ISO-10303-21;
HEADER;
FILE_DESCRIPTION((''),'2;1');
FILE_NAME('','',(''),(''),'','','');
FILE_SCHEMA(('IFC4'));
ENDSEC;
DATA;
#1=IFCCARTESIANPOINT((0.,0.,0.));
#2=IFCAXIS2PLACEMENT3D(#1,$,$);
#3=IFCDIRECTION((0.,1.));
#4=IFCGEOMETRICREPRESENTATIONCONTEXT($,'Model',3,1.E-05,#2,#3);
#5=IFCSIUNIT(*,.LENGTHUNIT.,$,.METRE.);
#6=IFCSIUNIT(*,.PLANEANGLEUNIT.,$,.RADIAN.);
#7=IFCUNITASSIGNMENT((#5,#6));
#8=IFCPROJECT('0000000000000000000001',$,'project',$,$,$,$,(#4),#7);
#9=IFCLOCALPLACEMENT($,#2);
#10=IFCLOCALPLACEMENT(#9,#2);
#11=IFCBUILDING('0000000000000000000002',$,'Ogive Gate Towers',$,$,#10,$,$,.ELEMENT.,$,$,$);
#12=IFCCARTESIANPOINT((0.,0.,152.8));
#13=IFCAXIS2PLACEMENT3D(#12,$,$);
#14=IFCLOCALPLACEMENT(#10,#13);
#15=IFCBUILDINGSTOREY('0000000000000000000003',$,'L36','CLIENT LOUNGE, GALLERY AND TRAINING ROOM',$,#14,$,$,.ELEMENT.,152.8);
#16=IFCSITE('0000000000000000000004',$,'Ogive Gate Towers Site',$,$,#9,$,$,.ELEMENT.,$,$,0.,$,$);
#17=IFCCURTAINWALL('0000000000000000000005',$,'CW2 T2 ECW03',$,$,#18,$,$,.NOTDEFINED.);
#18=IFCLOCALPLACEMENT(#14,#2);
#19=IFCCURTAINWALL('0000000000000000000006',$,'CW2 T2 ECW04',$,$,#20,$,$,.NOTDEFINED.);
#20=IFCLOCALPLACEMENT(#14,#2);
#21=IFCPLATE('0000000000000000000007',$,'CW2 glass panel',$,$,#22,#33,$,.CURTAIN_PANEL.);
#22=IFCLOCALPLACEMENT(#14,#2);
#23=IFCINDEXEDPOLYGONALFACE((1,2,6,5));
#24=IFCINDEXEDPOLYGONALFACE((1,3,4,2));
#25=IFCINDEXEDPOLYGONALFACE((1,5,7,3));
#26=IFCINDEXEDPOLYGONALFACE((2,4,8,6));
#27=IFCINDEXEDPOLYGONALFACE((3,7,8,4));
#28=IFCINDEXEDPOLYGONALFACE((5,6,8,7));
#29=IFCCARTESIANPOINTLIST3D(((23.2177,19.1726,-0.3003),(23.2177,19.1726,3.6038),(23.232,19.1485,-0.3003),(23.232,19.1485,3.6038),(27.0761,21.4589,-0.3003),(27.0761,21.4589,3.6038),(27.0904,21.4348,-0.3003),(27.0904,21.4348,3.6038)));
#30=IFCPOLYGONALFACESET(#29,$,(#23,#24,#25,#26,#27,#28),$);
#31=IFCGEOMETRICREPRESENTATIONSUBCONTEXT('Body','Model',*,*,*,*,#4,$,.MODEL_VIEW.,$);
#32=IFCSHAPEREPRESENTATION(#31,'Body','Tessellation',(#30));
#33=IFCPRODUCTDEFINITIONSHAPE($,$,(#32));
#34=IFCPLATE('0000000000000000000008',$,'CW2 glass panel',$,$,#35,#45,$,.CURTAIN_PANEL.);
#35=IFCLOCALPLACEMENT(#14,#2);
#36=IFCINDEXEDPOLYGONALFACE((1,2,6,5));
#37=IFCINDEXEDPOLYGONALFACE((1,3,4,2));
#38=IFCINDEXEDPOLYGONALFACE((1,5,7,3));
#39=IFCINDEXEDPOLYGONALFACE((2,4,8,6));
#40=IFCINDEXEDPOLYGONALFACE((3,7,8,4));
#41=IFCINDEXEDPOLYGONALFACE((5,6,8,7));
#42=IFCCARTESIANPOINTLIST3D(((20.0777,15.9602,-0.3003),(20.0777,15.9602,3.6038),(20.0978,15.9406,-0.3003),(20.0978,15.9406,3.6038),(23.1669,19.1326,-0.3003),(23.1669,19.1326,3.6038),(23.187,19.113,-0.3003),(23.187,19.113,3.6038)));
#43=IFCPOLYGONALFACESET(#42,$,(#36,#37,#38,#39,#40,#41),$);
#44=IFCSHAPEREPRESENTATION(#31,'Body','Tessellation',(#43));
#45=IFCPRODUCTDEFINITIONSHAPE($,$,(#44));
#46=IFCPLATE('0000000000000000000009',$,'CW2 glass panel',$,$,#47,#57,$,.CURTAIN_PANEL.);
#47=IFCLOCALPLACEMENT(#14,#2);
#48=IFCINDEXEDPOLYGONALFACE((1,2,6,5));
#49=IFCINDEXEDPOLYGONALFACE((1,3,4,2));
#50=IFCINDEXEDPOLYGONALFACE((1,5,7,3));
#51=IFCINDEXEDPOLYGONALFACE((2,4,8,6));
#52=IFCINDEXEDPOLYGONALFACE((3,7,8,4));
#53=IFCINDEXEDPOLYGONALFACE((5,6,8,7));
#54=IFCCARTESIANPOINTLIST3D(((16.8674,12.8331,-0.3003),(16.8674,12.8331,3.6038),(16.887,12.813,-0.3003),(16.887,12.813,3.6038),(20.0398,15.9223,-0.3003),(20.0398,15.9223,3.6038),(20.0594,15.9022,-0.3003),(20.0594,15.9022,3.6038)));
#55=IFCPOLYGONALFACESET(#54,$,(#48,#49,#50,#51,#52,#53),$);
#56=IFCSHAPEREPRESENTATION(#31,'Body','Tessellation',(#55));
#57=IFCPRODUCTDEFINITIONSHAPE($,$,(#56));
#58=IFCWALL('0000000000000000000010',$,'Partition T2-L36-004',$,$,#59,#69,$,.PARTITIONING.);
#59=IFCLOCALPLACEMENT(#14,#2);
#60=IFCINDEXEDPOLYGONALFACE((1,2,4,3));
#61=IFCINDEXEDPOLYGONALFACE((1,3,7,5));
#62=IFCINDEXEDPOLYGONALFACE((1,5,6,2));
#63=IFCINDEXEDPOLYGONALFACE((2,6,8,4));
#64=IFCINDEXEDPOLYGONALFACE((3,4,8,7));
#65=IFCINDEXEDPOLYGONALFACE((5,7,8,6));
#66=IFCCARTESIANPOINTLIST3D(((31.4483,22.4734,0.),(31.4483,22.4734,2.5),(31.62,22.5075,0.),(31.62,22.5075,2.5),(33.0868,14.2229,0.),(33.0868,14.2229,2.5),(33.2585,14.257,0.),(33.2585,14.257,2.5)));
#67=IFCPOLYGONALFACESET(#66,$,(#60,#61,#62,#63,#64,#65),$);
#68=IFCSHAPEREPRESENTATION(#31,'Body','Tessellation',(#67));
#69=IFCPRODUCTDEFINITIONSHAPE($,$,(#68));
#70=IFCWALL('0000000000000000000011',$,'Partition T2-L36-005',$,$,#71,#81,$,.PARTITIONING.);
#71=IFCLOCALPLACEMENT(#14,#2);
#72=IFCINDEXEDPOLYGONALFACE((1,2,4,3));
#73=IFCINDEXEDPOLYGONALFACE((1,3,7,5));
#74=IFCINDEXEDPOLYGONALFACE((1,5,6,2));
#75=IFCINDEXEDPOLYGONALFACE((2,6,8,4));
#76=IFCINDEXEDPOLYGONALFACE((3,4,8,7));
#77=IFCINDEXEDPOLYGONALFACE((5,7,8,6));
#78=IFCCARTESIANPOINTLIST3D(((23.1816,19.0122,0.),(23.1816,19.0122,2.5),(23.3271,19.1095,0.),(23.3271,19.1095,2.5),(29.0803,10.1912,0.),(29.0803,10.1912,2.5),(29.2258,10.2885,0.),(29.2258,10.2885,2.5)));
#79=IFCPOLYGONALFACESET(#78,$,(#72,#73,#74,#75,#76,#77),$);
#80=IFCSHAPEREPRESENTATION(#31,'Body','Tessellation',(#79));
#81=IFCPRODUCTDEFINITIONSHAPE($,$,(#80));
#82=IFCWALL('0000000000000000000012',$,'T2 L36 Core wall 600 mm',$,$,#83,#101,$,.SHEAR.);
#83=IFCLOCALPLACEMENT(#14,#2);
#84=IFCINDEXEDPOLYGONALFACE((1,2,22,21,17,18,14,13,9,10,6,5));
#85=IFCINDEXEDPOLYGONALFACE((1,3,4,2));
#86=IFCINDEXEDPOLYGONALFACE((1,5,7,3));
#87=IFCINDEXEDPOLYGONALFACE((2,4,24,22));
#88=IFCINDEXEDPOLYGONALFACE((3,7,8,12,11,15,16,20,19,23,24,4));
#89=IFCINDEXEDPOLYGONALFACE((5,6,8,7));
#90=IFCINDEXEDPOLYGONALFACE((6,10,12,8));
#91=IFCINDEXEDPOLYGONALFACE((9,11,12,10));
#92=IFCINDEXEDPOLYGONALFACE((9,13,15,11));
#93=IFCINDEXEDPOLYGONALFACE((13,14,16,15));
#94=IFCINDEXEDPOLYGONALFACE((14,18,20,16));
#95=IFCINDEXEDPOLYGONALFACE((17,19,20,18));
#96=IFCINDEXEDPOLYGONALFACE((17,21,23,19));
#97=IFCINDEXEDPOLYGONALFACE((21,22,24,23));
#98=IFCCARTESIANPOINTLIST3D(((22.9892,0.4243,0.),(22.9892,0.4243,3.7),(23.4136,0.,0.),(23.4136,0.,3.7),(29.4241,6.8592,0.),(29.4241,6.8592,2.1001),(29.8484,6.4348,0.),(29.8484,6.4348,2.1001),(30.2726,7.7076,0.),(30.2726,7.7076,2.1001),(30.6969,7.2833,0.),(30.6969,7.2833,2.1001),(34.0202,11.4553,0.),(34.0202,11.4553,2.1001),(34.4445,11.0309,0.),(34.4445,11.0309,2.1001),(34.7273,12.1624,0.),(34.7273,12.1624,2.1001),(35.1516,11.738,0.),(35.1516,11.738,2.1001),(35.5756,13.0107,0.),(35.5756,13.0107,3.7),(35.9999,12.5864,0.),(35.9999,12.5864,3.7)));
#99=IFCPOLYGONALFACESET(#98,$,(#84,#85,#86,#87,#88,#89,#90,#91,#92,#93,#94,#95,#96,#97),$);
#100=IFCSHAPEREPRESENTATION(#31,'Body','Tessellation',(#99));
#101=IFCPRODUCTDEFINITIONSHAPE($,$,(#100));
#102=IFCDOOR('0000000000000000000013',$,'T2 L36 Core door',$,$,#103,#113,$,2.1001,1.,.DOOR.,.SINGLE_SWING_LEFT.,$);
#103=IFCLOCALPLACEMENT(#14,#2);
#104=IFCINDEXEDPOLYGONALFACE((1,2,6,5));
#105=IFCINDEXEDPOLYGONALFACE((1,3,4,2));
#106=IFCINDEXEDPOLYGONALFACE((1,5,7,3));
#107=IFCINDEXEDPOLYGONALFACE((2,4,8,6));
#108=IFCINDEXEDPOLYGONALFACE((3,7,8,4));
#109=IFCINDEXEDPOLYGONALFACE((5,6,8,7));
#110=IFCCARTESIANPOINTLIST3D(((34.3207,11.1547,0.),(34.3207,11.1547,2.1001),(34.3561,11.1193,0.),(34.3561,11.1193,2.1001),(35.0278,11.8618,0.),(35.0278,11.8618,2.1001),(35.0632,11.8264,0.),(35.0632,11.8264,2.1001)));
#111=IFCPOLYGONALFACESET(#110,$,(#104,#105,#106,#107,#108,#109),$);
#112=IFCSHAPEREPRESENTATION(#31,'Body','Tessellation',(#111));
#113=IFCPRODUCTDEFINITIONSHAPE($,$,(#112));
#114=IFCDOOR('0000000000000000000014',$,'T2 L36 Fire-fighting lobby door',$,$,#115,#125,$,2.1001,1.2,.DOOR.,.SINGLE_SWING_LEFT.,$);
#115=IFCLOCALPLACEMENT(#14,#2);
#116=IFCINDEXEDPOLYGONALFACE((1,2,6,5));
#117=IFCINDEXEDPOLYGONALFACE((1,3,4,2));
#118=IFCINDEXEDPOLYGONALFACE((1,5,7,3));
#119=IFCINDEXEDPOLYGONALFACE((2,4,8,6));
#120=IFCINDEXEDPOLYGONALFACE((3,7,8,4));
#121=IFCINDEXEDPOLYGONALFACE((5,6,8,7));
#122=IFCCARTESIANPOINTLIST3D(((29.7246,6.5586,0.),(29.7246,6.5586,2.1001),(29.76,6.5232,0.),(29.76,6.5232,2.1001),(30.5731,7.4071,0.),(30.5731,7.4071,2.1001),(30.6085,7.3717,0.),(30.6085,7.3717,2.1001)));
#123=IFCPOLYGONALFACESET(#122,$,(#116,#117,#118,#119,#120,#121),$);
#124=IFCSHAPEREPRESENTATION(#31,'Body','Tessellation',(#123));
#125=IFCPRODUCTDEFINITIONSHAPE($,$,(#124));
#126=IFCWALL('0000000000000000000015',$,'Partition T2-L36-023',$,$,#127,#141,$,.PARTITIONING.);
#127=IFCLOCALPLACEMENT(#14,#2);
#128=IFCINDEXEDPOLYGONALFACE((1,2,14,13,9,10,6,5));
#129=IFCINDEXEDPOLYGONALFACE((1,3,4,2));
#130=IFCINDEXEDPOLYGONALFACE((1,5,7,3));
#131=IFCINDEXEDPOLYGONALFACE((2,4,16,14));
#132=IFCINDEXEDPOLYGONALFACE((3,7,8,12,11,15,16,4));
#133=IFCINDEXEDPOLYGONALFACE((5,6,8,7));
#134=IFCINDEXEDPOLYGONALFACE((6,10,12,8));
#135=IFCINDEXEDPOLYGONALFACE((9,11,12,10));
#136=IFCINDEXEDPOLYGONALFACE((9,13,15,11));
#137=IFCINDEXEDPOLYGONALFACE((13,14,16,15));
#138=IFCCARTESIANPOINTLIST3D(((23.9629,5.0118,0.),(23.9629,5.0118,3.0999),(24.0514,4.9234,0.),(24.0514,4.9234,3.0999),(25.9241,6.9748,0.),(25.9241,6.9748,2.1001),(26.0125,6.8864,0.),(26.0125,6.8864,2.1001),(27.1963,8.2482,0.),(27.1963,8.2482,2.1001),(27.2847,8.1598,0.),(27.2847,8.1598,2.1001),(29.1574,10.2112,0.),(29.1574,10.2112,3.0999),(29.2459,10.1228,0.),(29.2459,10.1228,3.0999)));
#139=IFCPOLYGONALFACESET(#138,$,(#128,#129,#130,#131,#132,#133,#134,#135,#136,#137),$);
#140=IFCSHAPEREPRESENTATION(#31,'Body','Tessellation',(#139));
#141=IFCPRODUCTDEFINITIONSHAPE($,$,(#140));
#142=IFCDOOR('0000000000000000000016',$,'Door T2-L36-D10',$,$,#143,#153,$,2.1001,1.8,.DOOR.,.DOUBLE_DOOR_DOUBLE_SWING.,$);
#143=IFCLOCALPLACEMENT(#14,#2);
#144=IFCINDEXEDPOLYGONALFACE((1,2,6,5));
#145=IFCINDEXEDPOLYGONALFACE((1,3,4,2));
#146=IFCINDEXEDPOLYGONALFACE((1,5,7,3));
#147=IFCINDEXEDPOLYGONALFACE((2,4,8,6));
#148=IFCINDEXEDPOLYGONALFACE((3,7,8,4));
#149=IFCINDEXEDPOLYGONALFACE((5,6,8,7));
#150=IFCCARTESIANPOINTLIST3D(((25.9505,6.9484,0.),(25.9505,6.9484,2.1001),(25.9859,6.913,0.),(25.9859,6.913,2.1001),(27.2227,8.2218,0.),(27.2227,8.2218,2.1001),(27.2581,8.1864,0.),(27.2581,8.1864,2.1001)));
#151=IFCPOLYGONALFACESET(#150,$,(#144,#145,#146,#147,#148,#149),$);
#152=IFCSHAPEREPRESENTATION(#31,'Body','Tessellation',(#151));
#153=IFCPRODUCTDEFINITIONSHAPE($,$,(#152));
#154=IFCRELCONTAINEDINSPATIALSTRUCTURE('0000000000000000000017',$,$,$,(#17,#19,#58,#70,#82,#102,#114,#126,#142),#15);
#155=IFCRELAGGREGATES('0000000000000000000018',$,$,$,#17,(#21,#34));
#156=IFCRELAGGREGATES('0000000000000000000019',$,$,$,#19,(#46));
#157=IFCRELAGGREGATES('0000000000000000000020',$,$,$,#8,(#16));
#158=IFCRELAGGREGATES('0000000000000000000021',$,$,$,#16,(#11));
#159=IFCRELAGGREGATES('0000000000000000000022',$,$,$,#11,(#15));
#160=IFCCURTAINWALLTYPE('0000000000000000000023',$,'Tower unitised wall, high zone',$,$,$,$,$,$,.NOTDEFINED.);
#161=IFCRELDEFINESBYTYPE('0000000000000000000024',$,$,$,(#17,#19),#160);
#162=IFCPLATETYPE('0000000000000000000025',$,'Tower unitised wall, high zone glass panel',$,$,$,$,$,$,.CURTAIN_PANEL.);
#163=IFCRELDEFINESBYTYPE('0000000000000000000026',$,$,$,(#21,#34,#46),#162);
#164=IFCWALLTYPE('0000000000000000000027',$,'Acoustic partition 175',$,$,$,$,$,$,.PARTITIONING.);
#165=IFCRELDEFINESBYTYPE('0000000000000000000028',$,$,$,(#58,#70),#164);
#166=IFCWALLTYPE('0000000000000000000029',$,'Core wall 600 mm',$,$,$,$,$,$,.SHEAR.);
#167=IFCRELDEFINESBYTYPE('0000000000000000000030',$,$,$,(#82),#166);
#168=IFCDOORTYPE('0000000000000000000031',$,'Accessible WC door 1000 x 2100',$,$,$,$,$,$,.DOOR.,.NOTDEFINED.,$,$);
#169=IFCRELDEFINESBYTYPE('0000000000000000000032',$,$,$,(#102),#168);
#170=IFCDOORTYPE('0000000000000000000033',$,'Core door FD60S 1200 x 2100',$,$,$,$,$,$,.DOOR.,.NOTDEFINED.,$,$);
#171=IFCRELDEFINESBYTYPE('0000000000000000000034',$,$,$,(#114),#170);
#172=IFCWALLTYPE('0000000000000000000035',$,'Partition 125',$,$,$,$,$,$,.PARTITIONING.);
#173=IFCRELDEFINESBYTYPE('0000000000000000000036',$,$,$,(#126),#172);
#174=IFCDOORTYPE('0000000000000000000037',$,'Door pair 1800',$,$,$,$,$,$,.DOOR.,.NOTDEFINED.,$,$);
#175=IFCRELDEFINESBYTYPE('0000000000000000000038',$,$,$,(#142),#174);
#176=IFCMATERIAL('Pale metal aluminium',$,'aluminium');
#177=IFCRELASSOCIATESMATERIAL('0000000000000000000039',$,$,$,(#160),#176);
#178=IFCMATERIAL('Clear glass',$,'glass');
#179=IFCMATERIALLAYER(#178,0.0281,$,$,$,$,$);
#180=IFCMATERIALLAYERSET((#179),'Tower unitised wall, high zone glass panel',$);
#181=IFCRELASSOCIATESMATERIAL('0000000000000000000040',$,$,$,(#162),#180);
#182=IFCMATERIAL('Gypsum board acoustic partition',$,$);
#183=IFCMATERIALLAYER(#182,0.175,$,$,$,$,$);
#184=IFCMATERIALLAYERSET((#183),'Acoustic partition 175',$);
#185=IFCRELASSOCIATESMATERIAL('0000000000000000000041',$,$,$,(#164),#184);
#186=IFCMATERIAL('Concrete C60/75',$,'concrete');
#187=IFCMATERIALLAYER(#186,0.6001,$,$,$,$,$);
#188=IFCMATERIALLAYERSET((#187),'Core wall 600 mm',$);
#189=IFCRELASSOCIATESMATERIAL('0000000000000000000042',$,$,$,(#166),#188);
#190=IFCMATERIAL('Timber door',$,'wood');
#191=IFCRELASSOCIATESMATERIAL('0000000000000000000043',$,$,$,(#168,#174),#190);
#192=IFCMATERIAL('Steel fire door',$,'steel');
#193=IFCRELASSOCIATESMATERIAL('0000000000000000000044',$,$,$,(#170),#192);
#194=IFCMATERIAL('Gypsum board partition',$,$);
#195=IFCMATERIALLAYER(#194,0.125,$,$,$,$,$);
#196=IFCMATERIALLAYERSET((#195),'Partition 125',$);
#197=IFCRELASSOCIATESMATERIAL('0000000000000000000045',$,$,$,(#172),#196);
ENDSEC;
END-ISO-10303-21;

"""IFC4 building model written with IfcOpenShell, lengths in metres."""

from ifc_helpers import new_model, si_unit, direction, frame, frame_2d, origin, origin_2d, place, context, subcontext, project, spatial, rectangle, extrude, material, layer, layer_set, type_object, element, fill, aggregate, save


model = new_model("IFC4")

# Units and contexts
model_context = context("Model", 3, precision=1e-05, world=origin(), true_north=direction((0.0, 1.0)))
body_context = subcontext(model_context, "Body", "Model", "MODEL_VIEW")
ifc_project = project(units=[si_unit("LENGTHUNIT", "METRE"), si_unit("PLANEANGLEUNIT", "RADIAN")], contexts=[model_context])

# Site, building, storey
site_placement = place(None, origin())
site = spatial("IfcSite", under=ifc_project, at=site_placement, Name="Ogive Gate Towers Site", CompositionType="ELEMENT", RefElevation=0.0)
building_placement = place(site_placement, origin())
building = spatial("IfcBuilding", under=site, at=building_placement, Name="Ogive Gate Towers", CompositionType="ELEMENT")
storey_placement = place(building_placement, frame((0.0, 0.0, 152.8)))
storey = spatial("IfcBuildingStorey", under=building, at=storey_placement, Name="L36", Description="CLIENT LOUNGE, GALLERY AND TRAINING ROOM", CompositionType="ELEMENT", Elevation=152.8)

# Curtain wall
ifc_material_1 = material(Name="Pale metal aluminium", Category="aluminium")
curtain_wall_type = type_object("IfcCurtainWallType", Name="Tower unitised wall, high zone", PredefinedType="NOTDEFINED", material=ifc_material_1)
curtain_wall_1_placement = place(storey_placement, origin())
curtain_wall_1 = element("IfcCurtainWall", 1, at=curtain_wall_1_placement, inside=storey, type_object=curtain_wall_type, Name="CW2 T2 ECW03", PredefinedType="NOTDEFINED")

# Curtain wall
curtain_wall_2_placement = place(storey_placement, origin())
curtain_wall_2 = element("IfcCurtainWall", 2, at=curtain_wall_2_placement, inside=storey, type_object=curtain_wall_type, Name="CW2 T2 ECW04", PredefinedType="NOTDEFINED")

# Plates
ifc_material_2 = material(Name="Clear glass", Category="glass")
ifc_layer_1 = layer(ifc_material_2, 0.0281)
ifc_layer_set_1 = layer_set([ifc_layer_1], Name="Tower unitised wall, high zone glass panel")
plate_type = type_object("IfcPlateType", Name="Tower unitised wall, high zone glass panel", PredefinedType="CURTAIN_PANEL", material=ifc_layer_set_1)
plate_1_placement = place(storey_placement, frame((25.1541, 20.3037, -0.3003), z_axis=(0.0, 0.0, 1.0), x_axis=(-0.860306, -0.509777, 0.0)))
plate_1 = element("IfcPlate", 3, at=plate_1_placement, type_object=plate_type, Name="CW2 glass panel", PredefinedType="CURTAIN_PANEL", context=body_context, shape_type="SweptSolid", body=[
    extrude(rectangle(XDim=4.4849, YDim=0.0281, at=origin_2d()), origin(), (0.0, 0.0, 1.0), 3.9041),
])
plate_2_placement = place(storey_placement, frame((21.6323, 17.5366, -0.3003), z_axis=(0.0, 0.0, 1.0), x_axis=(-0.697653, -0.716436, 0.0)))
plate_2 = element("IfcPlate", 4, at=plate_2_placement, type_object=plate_type, Name="CW2 glass panel", PredefinedType="CURTAIN_PANEL", context=body_context, shape_type="SweptSolid", body=[
    extrude(rectangle(XDim=4.428, YDim=0.0281, at=origin_2d()), origin(), (0.0, 0.0, 1.0), 3.9041),
])
aggregate(curtain_wall_1, [plate_1, plate_2])
plate_3_placement = place(storey_placement, frame((18.4634, 14.3677, -0.3003), z_axis=(0.0, 0.0, 1.0), x_axis=(-0.716436, -0.697653, 0.0)))
plate_3 = element("IfcPlate", 5, at=plate_3_placement, type_object=plate_type, Name="CW2 glass panel", PredefinedType="CURTAIN_PANEL", context=body_context, shape_type="SweptSolid", body=[
    extrude(rectangle(XDim=4.428, YDim=0.0281, at=origin_2d()), origin(), (0.0, 0.0, 1.0), 3.9041),
])
aggregate(curtain_wall_2, [plate_3])

# Walls
ifc_material_3 = material(Name="Gypsum board acoustic partition")
ifc_layer_2 = layer(ifc_material_3, 0.175)
ifc_layer_set_2 = layer_set([ifc_layer_2], Name="Acoustic partition 175")
wall_type_1 = type_object("IfcWallType", Name="Acoustic partition 175", PredefinedType="PARTITIONING", material=ifc_layer_set_2)
wall_1_placement = place(storey_placement, frame((31.5342, 22.4905, 0.0), z_axis=(0.0, 0.0, 1.0), x_axis=(0.194782, -0.980847, 0.0)))
element("IfcWall", 6, at=wall_1_placement, inside=storey, type_object=wall_type_1, Name="Partition T2-L36-004", PredefinedType="PARTITIONING", context=body_context, shape_type="SweptSolid", body=[
    extrude(rectangle(XDim=8.4116, YDim=0.175, at=frame_2d((4.2058, 0.0))), origin(), (0.0, 0.0, 1.0), 2.5),
])
wall_2_placement = place(storey_placement, frame((23.2544, 19.0608, 0.0), z_axis=(0.0, 0.0, 1.0), x_axis=(0.555873, -0.831267, 0.0)))
element("IfcWall", 7, at=wall_2_placement, inside=storey, type_object=wall_type_1, Name="Partition T2-L36-005", PredefinedType="PARTITIONING", context=body_context, shape_type="SweptSolid", body=[
    extrude(rectangle(XDim=10.6116, YDim=0.175, at=frame_2d((5.3057, 0.0))), origin(), (0.0, 0.0, 1.0), 2.5),
])

# Wall, openings, doors
ifc_material_4 = material(Name="Concrete C60/75", Category="concrete")
ifc_layer_3 = layer(ifc_material_4, 0.6001)
ifc_layer_set_3 = layer_set([ifc_layer_3], Name="Core wall 600 mm")
wall_type_2 = type_object("IfcWallType", Name="Core wall 600 mm", PredefinedType="SHEAR", material=ifc_layer_set_3)
wall_3_placement = place(storey_placement, frame((23.2014, 0.2122, 0.0), z_axis=(0.0, 0.0, 1.0), x_axis=(0.707107, 0.707107, 0.0)))
wall_3 = element("IfcWall", 8, at=wall_3_placement, inside=storey, type_object=wall_type_2, Name="T2 L36 Core wall 600 mm", PredefinedType="SHEAR", context=body_context, shape_type="SweptSolid", body=[
    extrude(rectangle(XDim=17.7998, YDim=0.6001, at=frame_2d((8.8999, 0.0))), origin(), (0.0, 0.0, 1.0), 3.7),
])
opening_1_placement = place(wall_3_placement, frame((9.1001, 0.0, 0.0)))
opening_1 = element("IfcOpeningElement", 9, at=opening_1_placement, cuts=wall_3, PredefinedType="OPENING", context=body_context, shape_type="SweptSolid", body=[
    extrude(rectangle(XDim=1.2, YDim=2.1001, at=frame_2d((0.6001, 1.05))), frame((0.0, 0.3101, 0.0), z_axis=(0.0, -1.0, 0.0), x_axis=(1.0, 0.0, 0.0)), (0.0, 0.0, 1.0), 0.6201),
])
opening_2_placement = place(wall_3_placement, frame((15.6001, 0.0, 0.0)))
opening_2 = element("IfcOpeningElement", 10, at=opening_2_placement, cuts=wall_3, PredefinedType="OPENING", context=body_context, shape_type="SweptSolid", body=[
    extrude(rectangle(XDim=1.0, YDim=2.1001, at=frame_2d((0.5, 1.05))), frame((0.0, 0.3101, 0.0), z_axis=(0.0, -1.0, 0.0), x_axis=(1.0, 0.0, 0.0)), (0.0, 0.0, 1.0), 0.6201),
])
ifc_material_5 = material(Name="Timber door", Category="wood")
door_type_1 = type_object("IfcDoorType", Name="Accessible WC door 1000 x 2100", OperationType="NOTDEFINED", PredefinedType="DOOR", material=ifc_material_5)
door_1_placement = place(opening_2_placement, origin())
door_1 = element("IfcDoor", 11, at=door_1_placement, inside=storey, type_object=door_type_1, Name="T2 L36 Core door", OperationType="SINGLE_SWING_LEFT", OverallHeight=2.1001, OverallWidth=1.0, PredefinedType="DOOR", context=body_context, shape_type="SweptSolid", body=[
    extrude(rectangle(XDim=1.0, YDim=2.1001, at=frame_2d((0.5, 1.05))), frame((0.0, -0.125, 0.0), z_axis=(0.0, -1.0, 0.0), x_axis=(1.0, 0.0, 0.0)), (0.0, 0.0, 1.0), 0.05),
])
fill(opening_2, door_1)
ifc_material_6 = material(Name="Steel fire door", Category="steel")
door_type_2 = type_object("IfcDoorType", Name="Core door FD60S 1200 x 2100", OperationType="NOTDEFINED", PredefinedType="DOOR", material=ifc_material_6)
door_2_placement = place(opening_1_placement, origin())
door_2 = element("IfcDoor", 12, at=door_2_placement, inside=storey, type_object=door_type_2, Name="T2 L36 Fire-fighting lobby door", OperationType="SINGLE_SWING_LEFT", OverallHeight=2.1001, OverallWidth=1.2, PredefinedType="DOOR", context=body_context, shape_type="SweptSolid", body=[
    extrude(rectangle(XDim=1.2, YDim=2.1001, at=frame_2d((0.6001, 1.05))), frame((0.0, -0.125, 0.0), z_axis=(0.0, -1.0, 0.0), x_axis=(1.0, 0.0, 0.0)), (0.0, 0.0, 1.0), 0.05),
])
fill(opening_1, door_2)

# Wall, opening, door
ifc_material_7 = material(Name="Gypsum board partition")
ifc_layer_4 = layer(ifc_material_7, 0.125)
ifc_layer_set_4 = layer_set([ifc_layer_4], Name="Partition 125")
wall_type_3 = type_object("IfcWallType", Name="Partition 125", PredefinedType="PARTITIONING", material=ifc_layer_set_4)
wall_4_placement = place(storey_placement, frame((29.2017, 10.167, 0.0), z_axis=(0.0, 0.0, 1.0), x_axis=(-0.706775, -0.707439, 0.0)))
wall_4 = element("IfcWall", 13, at=wall_4_placement, inside=storey, type_object=wall_type_3, Name="Partition T2-L36-023", PredefinedType="PARTITIONING", context=body_context, shape_type="SweptSolid", body=[
    extrude(rectangle(XDim=7.3496, YDim=0.125, at=frame_2d((3.6748, 0.0))), origin(), (0.0, 0.0, 1.0), 3.0999),
])
opening_3_placement = place(wall_4_placement, frame((2.7749, 0.0, 0.0)))
opening_3 = element("IfcOpeningElement", 14, at=opening_3_placement, cuts=wall_4, PredefinedType="OPENING", context=body_context, shape_type="SweptSolid", body=[
    extrude(rectangle(XDim=1.8, YDim=2.1001, at=frame_2d((0.8999, 1.05))), frame((0.0, 0.0725, 0.0), z_axis=(0.0, -1.0, 0.0), x_axis=(1.0, 0.0, 0.0)), (0.0, 0.0, 1.0), 0.145),
])
door_type_3 = type_object("IfcDoorType", Name="Door pair 1800", OperationType="NOTDEFINED", PredefinedType="DOOR", material=ifc_material_5)
door_3_placement = place(opening_3_placement, origin())
door_3 = element("IfcDoor", 15, at=door_3_placement, inside=storey, type_object=door_type_3, Name="Door T2-L36-D10", OperationType="DOUBLE_DOOR_DOUBLE_SWING", OverallHeight=2.1001, OverallWidth=1.8, PredefinedType="DOOR", context=body_context, shape_type="SweptSolid", body=[
    extrude(rectangle(XDim=1.8, YDim=2.1001, at=frame_2d((0.8999, 1.05))), frame((0.0, 0.0249, 0.0), z_axis=(0.0, -1.0, 0.0), x_axis=(1.0, 0.0, 0.0)), (0.0, 0.0, 1.0), 0.05),
])
fill(opening_3, door_3)

save(model, "model.ifc")
